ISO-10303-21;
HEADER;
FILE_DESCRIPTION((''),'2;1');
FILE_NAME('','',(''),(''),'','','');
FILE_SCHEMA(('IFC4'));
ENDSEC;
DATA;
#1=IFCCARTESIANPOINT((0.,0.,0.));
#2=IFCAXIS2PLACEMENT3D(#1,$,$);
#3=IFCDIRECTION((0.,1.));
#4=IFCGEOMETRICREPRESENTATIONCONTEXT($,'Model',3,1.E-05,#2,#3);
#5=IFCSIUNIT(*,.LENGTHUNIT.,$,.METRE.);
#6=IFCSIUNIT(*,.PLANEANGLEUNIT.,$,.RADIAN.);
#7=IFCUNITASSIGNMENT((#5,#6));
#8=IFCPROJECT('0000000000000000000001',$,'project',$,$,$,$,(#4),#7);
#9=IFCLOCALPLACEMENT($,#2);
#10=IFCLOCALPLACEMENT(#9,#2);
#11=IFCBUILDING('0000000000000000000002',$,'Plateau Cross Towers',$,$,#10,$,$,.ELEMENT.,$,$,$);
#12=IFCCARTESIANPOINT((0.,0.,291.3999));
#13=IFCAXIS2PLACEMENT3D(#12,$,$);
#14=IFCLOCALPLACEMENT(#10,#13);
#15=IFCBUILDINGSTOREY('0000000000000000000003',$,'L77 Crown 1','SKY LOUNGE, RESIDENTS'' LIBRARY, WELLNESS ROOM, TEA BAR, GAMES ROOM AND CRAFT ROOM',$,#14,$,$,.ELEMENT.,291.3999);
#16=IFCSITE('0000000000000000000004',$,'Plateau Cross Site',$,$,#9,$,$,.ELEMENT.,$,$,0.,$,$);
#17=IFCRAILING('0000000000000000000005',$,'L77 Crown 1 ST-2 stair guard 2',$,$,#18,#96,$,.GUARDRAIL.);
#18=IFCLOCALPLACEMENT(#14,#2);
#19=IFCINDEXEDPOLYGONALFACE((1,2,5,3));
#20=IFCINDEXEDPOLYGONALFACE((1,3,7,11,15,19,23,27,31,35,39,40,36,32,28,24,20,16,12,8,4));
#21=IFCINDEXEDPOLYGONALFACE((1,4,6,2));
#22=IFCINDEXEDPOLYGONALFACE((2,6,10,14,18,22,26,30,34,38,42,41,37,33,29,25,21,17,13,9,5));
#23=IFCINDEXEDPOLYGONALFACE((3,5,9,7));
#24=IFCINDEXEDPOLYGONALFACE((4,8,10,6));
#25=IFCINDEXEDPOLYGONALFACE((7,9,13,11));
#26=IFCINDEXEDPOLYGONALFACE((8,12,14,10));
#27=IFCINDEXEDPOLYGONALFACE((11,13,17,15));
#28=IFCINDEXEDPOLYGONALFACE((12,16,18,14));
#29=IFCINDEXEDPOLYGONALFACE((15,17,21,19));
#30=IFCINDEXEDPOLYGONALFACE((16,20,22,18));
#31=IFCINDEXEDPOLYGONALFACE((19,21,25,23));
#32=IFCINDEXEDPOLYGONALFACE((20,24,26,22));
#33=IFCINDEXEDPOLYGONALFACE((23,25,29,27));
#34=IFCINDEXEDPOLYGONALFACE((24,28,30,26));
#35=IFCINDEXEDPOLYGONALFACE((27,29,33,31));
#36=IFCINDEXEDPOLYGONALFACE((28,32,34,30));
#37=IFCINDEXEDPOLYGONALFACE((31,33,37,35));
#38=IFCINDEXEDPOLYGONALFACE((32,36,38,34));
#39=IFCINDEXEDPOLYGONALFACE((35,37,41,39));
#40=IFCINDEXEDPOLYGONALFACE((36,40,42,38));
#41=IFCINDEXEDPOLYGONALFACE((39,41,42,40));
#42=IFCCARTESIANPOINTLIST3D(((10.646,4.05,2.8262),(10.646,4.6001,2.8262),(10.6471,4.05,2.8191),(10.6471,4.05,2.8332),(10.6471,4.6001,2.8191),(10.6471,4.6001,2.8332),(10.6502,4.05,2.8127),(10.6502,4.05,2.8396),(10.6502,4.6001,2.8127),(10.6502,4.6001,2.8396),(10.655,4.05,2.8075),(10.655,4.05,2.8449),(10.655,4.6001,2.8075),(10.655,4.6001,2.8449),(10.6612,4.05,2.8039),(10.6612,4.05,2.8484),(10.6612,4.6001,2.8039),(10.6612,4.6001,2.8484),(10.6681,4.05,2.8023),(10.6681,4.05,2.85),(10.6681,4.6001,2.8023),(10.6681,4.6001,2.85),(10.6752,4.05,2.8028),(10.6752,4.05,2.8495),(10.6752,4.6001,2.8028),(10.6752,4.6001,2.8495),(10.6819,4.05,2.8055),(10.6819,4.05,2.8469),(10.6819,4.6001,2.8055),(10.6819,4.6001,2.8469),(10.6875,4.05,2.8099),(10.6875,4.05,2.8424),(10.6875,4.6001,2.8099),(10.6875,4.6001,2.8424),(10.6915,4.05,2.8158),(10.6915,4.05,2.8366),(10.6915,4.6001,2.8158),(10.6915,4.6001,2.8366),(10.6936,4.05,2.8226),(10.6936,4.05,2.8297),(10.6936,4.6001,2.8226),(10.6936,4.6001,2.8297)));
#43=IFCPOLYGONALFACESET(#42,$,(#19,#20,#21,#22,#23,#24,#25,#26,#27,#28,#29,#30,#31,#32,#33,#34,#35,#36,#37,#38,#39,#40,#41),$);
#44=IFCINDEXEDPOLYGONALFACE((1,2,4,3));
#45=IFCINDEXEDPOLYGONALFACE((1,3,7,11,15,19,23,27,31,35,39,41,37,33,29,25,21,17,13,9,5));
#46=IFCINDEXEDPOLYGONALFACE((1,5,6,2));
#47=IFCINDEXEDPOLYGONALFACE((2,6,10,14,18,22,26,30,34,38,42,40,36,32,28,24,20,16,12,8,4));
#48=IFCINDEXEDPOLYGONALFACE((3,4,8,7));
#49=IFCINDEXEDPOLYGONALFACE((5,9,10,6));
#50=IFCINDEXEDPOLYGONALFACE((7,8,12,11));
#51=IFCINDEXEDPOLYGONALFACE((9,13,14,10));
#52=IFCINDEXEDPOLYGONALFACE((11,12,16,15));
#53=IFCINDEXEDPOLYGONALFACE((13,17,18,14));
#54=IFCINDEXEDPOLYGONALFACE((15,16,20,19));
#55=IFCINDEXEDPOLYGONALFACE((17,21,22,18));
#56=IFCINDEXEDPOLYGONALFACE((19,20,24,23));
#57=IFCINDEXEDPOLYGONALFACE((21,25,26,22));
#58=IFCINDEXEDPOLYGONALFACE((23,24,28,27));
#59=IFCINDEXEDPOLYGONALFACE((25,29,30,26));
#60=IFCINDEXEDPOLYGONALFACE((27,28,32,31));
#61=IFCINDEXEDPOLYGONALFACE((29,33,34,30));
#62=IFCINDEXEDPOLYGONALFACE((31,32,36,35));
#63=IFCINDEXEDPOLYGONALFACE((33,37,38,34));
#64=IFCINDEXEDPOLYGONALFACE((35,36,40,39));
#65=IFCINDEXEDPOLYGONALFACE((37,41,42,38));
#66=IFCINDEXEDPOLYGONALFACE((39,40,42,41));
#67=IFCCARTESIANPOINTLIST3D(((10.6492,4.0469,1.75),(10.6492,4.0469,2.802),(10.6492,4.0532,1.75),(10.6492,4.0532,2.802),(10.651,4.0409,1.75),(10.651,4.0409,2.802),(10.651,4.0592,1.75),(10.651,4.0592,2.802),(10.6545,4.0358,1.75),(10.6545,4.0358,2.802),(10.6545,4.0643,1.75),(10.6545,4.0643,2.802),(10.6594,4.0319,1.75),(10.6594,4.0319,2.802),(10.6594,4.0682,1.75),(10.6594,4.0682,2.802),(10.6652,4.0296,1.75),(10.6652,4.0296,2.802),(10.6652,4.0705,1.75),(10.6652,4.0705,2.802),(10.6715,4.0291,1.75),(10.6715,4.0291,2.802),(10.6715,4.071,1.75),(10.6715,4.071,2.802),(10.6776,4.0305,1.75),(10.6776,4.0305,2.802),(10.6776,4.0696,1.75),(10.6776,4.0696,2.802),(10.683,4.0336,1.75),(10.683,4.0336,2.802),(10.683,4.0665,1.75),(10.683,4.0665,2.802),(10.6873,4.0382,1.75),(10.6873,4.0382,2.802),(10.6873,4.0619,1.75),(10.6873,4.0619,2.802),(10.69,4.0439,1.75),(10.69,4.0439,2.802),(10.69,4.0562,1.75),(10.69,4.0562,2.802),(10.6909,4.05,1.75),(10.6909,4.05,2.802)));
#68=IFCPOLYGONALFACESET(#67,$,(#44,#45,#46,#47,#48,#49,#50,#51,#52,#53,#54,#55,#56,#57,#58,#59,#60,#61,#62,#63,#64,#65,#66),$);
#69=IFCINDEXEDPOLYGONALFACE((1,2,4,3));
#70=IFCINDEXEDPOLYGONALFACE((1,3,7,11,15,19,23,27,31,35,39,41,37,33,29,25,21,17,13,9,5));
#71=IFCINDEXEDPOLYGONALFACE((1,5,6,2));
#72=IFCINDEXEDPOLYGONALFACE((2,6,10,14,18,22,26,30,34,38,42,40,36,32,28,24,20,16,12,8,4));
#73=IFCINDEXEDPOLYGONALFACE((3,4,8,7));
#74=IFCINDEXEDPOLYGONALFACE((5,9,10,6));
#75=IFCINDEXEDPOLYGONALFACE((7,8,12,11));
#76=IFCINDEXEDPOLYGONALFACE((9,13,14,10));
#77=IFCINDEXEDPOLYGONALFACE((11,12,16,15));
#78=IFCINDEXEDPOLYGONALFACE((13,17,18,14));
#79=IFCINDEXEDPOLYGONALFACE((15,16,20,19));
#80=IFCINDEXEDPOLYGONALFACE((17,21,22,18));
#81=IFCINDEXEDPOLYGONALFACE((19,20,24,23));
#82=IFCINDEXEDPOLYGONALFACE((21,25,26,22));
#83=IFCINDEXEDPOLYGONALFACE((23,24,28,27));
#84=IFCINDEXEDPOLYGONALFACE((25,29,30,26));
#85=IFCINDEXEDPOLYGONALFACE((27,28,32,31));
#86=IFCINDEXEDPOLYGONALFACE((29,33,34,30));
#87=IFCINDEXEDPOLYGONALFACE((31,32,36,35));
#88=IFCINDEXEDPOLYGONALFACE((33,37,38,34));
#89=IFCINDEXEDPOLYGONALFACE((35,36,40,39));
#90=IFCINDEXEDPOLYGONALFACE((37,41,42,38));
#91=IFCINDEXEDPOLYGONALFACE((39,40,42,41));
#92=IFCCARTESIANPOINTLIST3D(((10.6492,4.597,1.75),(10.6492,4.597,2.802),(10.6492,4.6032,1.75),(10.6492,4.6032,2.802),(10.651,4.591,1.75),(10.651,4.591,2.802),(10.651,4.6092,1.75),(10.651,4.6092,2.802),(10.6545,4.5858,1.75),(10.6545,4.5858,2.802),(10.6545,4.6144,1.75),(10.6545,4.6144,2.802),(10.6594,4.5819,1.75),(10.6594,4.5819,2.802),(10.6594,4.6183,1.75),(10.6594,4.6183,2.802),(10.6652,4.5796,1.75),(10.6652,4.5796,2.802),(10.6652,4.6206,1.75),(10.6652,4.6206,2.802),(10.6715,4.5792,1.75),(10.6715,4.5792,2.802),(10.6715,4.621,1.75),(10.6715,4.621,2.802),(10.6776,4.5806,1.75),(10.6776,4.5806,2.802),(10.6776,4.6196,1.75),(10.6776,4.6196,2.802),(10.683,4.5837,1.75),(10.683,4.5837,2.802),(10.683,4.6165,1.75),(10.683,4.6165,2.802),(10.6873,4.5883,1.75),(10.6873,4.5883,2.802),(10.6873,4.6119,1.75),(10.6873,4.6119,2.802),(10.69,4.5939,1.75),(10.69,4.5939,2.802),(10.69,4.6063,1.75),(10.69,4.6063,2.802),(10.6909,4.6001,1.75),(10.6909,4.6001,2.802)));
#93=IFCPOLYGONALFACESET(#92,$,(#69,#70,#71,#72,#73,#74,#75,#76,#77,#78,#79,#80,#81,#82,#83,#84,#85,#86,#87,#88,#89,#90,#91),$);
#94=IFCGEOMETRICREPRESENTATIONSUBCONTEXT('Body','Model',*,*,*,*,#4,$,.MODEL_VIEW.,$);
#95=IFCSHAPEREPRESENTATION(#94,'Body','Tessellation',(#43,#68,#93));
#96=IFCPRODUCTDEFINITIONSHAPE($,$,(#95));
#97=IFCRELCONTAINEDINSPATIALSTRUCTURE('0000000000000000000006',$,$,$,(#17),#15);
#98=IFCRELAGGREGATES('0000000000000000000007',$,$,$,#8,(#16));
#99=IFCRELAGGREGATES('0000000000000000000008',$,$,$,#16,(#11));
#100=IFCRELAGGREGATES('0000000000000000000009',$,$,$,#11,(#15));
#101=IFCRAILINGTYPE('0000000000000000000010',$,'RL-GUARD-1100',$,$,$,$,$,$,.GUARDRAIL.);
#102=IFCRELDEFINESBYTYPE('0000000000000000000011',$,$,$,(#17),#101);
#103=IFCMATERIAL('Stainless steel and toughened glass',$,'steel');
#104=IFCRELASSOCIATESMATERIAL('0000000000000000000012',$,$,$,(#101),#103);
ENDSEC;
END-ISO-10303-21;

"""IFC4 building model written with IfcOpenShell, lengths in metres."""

from ifc_helpers import new_model, si_unit, direction, frame, origin, origin_2d, place, context, subcontext, project, spatial, circle, extrude, material, type_object, element, save


model = new_model("IFC4")

# Units and contexts
model_context = context("Model", 3, precision=1e-05, world=origin(), true_north=direction((0.0, 1.0)))
body_context = subcontext(model_context, "Body", "Model", "MODEL_VIEW")
ifc_project = project(units=[si_unit("LENGTHUNIT", "METRE"), si_unit("PLANEANGLEUNIT", "RADIAN")], contexts=[model_context])

# Site, building, storey
site_placement = place(None, origin())
site = spatial("IfcSite", under=ifc_project, at=site_placement, Name="Plateau Cross Site", CompositionType="ELEMENT", RefElevation=0.0)
building_placement = place(site_placement, origin())
building = spatial("IfcBuilding", under=site, at=building_placement, Name="Plateau Cross Towers", CompositionType="ELEMENT")
storey_placement = place(building_placement, frame((0.0, 0.0, 291.3999)))
storey = spatial("IfcBuildingStorey", under=building, at=storey_placement, Name="L77 Crown 1", Description="SKY LOUNGE, RESIDENTS' LIBRARY, WELLNESS ROOM, TEA BAR, GAMES ROOM AND CRAFT ROOM", CompositionType="ELEMENT", Elevation=291.3999)

# Railing
ifc_material_1 = material(Name="Stainless steel and toughened glass", Category="steel")
railing_type_1 = type_object("IfcRailingType", Name="RL-GUARD-1100", PredefinedType="GUARDRAIL", material=ifc_material_1)
railing_1_placement = place(storey_placement, frame((10.6699, 4.05, 1.75)))
element("IfcRailing", 1, at=railing_1_placement, inside=storey, type_object=railing_type_1, Name="L77 Crown 1 ST-2 stair guard 2", PredefinedType="GUARDRAIL", context=body_context, shape_type="SweptSolid", body=[
    extrude(circle(Radius=0.0239, at=origin_2d()), frame((0.0, 0.0, 1.0762), z_axis=(0.0, 1.0, 0.0), x_axis=(-1.0, 0.0, 0.0)), (0.0, 0.0, 1.0), 0.55),
    extrude(circle(Radius=0.021, at=origin_2d()), origin(), (0.0, 0.0, 1.0), 1.052),
    extrude(circle(Radius=0.021, at=origin_2d()), frame((0.0, 0.55, 0.0)), (0.0, 0.0, 1.0), 1.052),
])

save(model, "model.ifc")
